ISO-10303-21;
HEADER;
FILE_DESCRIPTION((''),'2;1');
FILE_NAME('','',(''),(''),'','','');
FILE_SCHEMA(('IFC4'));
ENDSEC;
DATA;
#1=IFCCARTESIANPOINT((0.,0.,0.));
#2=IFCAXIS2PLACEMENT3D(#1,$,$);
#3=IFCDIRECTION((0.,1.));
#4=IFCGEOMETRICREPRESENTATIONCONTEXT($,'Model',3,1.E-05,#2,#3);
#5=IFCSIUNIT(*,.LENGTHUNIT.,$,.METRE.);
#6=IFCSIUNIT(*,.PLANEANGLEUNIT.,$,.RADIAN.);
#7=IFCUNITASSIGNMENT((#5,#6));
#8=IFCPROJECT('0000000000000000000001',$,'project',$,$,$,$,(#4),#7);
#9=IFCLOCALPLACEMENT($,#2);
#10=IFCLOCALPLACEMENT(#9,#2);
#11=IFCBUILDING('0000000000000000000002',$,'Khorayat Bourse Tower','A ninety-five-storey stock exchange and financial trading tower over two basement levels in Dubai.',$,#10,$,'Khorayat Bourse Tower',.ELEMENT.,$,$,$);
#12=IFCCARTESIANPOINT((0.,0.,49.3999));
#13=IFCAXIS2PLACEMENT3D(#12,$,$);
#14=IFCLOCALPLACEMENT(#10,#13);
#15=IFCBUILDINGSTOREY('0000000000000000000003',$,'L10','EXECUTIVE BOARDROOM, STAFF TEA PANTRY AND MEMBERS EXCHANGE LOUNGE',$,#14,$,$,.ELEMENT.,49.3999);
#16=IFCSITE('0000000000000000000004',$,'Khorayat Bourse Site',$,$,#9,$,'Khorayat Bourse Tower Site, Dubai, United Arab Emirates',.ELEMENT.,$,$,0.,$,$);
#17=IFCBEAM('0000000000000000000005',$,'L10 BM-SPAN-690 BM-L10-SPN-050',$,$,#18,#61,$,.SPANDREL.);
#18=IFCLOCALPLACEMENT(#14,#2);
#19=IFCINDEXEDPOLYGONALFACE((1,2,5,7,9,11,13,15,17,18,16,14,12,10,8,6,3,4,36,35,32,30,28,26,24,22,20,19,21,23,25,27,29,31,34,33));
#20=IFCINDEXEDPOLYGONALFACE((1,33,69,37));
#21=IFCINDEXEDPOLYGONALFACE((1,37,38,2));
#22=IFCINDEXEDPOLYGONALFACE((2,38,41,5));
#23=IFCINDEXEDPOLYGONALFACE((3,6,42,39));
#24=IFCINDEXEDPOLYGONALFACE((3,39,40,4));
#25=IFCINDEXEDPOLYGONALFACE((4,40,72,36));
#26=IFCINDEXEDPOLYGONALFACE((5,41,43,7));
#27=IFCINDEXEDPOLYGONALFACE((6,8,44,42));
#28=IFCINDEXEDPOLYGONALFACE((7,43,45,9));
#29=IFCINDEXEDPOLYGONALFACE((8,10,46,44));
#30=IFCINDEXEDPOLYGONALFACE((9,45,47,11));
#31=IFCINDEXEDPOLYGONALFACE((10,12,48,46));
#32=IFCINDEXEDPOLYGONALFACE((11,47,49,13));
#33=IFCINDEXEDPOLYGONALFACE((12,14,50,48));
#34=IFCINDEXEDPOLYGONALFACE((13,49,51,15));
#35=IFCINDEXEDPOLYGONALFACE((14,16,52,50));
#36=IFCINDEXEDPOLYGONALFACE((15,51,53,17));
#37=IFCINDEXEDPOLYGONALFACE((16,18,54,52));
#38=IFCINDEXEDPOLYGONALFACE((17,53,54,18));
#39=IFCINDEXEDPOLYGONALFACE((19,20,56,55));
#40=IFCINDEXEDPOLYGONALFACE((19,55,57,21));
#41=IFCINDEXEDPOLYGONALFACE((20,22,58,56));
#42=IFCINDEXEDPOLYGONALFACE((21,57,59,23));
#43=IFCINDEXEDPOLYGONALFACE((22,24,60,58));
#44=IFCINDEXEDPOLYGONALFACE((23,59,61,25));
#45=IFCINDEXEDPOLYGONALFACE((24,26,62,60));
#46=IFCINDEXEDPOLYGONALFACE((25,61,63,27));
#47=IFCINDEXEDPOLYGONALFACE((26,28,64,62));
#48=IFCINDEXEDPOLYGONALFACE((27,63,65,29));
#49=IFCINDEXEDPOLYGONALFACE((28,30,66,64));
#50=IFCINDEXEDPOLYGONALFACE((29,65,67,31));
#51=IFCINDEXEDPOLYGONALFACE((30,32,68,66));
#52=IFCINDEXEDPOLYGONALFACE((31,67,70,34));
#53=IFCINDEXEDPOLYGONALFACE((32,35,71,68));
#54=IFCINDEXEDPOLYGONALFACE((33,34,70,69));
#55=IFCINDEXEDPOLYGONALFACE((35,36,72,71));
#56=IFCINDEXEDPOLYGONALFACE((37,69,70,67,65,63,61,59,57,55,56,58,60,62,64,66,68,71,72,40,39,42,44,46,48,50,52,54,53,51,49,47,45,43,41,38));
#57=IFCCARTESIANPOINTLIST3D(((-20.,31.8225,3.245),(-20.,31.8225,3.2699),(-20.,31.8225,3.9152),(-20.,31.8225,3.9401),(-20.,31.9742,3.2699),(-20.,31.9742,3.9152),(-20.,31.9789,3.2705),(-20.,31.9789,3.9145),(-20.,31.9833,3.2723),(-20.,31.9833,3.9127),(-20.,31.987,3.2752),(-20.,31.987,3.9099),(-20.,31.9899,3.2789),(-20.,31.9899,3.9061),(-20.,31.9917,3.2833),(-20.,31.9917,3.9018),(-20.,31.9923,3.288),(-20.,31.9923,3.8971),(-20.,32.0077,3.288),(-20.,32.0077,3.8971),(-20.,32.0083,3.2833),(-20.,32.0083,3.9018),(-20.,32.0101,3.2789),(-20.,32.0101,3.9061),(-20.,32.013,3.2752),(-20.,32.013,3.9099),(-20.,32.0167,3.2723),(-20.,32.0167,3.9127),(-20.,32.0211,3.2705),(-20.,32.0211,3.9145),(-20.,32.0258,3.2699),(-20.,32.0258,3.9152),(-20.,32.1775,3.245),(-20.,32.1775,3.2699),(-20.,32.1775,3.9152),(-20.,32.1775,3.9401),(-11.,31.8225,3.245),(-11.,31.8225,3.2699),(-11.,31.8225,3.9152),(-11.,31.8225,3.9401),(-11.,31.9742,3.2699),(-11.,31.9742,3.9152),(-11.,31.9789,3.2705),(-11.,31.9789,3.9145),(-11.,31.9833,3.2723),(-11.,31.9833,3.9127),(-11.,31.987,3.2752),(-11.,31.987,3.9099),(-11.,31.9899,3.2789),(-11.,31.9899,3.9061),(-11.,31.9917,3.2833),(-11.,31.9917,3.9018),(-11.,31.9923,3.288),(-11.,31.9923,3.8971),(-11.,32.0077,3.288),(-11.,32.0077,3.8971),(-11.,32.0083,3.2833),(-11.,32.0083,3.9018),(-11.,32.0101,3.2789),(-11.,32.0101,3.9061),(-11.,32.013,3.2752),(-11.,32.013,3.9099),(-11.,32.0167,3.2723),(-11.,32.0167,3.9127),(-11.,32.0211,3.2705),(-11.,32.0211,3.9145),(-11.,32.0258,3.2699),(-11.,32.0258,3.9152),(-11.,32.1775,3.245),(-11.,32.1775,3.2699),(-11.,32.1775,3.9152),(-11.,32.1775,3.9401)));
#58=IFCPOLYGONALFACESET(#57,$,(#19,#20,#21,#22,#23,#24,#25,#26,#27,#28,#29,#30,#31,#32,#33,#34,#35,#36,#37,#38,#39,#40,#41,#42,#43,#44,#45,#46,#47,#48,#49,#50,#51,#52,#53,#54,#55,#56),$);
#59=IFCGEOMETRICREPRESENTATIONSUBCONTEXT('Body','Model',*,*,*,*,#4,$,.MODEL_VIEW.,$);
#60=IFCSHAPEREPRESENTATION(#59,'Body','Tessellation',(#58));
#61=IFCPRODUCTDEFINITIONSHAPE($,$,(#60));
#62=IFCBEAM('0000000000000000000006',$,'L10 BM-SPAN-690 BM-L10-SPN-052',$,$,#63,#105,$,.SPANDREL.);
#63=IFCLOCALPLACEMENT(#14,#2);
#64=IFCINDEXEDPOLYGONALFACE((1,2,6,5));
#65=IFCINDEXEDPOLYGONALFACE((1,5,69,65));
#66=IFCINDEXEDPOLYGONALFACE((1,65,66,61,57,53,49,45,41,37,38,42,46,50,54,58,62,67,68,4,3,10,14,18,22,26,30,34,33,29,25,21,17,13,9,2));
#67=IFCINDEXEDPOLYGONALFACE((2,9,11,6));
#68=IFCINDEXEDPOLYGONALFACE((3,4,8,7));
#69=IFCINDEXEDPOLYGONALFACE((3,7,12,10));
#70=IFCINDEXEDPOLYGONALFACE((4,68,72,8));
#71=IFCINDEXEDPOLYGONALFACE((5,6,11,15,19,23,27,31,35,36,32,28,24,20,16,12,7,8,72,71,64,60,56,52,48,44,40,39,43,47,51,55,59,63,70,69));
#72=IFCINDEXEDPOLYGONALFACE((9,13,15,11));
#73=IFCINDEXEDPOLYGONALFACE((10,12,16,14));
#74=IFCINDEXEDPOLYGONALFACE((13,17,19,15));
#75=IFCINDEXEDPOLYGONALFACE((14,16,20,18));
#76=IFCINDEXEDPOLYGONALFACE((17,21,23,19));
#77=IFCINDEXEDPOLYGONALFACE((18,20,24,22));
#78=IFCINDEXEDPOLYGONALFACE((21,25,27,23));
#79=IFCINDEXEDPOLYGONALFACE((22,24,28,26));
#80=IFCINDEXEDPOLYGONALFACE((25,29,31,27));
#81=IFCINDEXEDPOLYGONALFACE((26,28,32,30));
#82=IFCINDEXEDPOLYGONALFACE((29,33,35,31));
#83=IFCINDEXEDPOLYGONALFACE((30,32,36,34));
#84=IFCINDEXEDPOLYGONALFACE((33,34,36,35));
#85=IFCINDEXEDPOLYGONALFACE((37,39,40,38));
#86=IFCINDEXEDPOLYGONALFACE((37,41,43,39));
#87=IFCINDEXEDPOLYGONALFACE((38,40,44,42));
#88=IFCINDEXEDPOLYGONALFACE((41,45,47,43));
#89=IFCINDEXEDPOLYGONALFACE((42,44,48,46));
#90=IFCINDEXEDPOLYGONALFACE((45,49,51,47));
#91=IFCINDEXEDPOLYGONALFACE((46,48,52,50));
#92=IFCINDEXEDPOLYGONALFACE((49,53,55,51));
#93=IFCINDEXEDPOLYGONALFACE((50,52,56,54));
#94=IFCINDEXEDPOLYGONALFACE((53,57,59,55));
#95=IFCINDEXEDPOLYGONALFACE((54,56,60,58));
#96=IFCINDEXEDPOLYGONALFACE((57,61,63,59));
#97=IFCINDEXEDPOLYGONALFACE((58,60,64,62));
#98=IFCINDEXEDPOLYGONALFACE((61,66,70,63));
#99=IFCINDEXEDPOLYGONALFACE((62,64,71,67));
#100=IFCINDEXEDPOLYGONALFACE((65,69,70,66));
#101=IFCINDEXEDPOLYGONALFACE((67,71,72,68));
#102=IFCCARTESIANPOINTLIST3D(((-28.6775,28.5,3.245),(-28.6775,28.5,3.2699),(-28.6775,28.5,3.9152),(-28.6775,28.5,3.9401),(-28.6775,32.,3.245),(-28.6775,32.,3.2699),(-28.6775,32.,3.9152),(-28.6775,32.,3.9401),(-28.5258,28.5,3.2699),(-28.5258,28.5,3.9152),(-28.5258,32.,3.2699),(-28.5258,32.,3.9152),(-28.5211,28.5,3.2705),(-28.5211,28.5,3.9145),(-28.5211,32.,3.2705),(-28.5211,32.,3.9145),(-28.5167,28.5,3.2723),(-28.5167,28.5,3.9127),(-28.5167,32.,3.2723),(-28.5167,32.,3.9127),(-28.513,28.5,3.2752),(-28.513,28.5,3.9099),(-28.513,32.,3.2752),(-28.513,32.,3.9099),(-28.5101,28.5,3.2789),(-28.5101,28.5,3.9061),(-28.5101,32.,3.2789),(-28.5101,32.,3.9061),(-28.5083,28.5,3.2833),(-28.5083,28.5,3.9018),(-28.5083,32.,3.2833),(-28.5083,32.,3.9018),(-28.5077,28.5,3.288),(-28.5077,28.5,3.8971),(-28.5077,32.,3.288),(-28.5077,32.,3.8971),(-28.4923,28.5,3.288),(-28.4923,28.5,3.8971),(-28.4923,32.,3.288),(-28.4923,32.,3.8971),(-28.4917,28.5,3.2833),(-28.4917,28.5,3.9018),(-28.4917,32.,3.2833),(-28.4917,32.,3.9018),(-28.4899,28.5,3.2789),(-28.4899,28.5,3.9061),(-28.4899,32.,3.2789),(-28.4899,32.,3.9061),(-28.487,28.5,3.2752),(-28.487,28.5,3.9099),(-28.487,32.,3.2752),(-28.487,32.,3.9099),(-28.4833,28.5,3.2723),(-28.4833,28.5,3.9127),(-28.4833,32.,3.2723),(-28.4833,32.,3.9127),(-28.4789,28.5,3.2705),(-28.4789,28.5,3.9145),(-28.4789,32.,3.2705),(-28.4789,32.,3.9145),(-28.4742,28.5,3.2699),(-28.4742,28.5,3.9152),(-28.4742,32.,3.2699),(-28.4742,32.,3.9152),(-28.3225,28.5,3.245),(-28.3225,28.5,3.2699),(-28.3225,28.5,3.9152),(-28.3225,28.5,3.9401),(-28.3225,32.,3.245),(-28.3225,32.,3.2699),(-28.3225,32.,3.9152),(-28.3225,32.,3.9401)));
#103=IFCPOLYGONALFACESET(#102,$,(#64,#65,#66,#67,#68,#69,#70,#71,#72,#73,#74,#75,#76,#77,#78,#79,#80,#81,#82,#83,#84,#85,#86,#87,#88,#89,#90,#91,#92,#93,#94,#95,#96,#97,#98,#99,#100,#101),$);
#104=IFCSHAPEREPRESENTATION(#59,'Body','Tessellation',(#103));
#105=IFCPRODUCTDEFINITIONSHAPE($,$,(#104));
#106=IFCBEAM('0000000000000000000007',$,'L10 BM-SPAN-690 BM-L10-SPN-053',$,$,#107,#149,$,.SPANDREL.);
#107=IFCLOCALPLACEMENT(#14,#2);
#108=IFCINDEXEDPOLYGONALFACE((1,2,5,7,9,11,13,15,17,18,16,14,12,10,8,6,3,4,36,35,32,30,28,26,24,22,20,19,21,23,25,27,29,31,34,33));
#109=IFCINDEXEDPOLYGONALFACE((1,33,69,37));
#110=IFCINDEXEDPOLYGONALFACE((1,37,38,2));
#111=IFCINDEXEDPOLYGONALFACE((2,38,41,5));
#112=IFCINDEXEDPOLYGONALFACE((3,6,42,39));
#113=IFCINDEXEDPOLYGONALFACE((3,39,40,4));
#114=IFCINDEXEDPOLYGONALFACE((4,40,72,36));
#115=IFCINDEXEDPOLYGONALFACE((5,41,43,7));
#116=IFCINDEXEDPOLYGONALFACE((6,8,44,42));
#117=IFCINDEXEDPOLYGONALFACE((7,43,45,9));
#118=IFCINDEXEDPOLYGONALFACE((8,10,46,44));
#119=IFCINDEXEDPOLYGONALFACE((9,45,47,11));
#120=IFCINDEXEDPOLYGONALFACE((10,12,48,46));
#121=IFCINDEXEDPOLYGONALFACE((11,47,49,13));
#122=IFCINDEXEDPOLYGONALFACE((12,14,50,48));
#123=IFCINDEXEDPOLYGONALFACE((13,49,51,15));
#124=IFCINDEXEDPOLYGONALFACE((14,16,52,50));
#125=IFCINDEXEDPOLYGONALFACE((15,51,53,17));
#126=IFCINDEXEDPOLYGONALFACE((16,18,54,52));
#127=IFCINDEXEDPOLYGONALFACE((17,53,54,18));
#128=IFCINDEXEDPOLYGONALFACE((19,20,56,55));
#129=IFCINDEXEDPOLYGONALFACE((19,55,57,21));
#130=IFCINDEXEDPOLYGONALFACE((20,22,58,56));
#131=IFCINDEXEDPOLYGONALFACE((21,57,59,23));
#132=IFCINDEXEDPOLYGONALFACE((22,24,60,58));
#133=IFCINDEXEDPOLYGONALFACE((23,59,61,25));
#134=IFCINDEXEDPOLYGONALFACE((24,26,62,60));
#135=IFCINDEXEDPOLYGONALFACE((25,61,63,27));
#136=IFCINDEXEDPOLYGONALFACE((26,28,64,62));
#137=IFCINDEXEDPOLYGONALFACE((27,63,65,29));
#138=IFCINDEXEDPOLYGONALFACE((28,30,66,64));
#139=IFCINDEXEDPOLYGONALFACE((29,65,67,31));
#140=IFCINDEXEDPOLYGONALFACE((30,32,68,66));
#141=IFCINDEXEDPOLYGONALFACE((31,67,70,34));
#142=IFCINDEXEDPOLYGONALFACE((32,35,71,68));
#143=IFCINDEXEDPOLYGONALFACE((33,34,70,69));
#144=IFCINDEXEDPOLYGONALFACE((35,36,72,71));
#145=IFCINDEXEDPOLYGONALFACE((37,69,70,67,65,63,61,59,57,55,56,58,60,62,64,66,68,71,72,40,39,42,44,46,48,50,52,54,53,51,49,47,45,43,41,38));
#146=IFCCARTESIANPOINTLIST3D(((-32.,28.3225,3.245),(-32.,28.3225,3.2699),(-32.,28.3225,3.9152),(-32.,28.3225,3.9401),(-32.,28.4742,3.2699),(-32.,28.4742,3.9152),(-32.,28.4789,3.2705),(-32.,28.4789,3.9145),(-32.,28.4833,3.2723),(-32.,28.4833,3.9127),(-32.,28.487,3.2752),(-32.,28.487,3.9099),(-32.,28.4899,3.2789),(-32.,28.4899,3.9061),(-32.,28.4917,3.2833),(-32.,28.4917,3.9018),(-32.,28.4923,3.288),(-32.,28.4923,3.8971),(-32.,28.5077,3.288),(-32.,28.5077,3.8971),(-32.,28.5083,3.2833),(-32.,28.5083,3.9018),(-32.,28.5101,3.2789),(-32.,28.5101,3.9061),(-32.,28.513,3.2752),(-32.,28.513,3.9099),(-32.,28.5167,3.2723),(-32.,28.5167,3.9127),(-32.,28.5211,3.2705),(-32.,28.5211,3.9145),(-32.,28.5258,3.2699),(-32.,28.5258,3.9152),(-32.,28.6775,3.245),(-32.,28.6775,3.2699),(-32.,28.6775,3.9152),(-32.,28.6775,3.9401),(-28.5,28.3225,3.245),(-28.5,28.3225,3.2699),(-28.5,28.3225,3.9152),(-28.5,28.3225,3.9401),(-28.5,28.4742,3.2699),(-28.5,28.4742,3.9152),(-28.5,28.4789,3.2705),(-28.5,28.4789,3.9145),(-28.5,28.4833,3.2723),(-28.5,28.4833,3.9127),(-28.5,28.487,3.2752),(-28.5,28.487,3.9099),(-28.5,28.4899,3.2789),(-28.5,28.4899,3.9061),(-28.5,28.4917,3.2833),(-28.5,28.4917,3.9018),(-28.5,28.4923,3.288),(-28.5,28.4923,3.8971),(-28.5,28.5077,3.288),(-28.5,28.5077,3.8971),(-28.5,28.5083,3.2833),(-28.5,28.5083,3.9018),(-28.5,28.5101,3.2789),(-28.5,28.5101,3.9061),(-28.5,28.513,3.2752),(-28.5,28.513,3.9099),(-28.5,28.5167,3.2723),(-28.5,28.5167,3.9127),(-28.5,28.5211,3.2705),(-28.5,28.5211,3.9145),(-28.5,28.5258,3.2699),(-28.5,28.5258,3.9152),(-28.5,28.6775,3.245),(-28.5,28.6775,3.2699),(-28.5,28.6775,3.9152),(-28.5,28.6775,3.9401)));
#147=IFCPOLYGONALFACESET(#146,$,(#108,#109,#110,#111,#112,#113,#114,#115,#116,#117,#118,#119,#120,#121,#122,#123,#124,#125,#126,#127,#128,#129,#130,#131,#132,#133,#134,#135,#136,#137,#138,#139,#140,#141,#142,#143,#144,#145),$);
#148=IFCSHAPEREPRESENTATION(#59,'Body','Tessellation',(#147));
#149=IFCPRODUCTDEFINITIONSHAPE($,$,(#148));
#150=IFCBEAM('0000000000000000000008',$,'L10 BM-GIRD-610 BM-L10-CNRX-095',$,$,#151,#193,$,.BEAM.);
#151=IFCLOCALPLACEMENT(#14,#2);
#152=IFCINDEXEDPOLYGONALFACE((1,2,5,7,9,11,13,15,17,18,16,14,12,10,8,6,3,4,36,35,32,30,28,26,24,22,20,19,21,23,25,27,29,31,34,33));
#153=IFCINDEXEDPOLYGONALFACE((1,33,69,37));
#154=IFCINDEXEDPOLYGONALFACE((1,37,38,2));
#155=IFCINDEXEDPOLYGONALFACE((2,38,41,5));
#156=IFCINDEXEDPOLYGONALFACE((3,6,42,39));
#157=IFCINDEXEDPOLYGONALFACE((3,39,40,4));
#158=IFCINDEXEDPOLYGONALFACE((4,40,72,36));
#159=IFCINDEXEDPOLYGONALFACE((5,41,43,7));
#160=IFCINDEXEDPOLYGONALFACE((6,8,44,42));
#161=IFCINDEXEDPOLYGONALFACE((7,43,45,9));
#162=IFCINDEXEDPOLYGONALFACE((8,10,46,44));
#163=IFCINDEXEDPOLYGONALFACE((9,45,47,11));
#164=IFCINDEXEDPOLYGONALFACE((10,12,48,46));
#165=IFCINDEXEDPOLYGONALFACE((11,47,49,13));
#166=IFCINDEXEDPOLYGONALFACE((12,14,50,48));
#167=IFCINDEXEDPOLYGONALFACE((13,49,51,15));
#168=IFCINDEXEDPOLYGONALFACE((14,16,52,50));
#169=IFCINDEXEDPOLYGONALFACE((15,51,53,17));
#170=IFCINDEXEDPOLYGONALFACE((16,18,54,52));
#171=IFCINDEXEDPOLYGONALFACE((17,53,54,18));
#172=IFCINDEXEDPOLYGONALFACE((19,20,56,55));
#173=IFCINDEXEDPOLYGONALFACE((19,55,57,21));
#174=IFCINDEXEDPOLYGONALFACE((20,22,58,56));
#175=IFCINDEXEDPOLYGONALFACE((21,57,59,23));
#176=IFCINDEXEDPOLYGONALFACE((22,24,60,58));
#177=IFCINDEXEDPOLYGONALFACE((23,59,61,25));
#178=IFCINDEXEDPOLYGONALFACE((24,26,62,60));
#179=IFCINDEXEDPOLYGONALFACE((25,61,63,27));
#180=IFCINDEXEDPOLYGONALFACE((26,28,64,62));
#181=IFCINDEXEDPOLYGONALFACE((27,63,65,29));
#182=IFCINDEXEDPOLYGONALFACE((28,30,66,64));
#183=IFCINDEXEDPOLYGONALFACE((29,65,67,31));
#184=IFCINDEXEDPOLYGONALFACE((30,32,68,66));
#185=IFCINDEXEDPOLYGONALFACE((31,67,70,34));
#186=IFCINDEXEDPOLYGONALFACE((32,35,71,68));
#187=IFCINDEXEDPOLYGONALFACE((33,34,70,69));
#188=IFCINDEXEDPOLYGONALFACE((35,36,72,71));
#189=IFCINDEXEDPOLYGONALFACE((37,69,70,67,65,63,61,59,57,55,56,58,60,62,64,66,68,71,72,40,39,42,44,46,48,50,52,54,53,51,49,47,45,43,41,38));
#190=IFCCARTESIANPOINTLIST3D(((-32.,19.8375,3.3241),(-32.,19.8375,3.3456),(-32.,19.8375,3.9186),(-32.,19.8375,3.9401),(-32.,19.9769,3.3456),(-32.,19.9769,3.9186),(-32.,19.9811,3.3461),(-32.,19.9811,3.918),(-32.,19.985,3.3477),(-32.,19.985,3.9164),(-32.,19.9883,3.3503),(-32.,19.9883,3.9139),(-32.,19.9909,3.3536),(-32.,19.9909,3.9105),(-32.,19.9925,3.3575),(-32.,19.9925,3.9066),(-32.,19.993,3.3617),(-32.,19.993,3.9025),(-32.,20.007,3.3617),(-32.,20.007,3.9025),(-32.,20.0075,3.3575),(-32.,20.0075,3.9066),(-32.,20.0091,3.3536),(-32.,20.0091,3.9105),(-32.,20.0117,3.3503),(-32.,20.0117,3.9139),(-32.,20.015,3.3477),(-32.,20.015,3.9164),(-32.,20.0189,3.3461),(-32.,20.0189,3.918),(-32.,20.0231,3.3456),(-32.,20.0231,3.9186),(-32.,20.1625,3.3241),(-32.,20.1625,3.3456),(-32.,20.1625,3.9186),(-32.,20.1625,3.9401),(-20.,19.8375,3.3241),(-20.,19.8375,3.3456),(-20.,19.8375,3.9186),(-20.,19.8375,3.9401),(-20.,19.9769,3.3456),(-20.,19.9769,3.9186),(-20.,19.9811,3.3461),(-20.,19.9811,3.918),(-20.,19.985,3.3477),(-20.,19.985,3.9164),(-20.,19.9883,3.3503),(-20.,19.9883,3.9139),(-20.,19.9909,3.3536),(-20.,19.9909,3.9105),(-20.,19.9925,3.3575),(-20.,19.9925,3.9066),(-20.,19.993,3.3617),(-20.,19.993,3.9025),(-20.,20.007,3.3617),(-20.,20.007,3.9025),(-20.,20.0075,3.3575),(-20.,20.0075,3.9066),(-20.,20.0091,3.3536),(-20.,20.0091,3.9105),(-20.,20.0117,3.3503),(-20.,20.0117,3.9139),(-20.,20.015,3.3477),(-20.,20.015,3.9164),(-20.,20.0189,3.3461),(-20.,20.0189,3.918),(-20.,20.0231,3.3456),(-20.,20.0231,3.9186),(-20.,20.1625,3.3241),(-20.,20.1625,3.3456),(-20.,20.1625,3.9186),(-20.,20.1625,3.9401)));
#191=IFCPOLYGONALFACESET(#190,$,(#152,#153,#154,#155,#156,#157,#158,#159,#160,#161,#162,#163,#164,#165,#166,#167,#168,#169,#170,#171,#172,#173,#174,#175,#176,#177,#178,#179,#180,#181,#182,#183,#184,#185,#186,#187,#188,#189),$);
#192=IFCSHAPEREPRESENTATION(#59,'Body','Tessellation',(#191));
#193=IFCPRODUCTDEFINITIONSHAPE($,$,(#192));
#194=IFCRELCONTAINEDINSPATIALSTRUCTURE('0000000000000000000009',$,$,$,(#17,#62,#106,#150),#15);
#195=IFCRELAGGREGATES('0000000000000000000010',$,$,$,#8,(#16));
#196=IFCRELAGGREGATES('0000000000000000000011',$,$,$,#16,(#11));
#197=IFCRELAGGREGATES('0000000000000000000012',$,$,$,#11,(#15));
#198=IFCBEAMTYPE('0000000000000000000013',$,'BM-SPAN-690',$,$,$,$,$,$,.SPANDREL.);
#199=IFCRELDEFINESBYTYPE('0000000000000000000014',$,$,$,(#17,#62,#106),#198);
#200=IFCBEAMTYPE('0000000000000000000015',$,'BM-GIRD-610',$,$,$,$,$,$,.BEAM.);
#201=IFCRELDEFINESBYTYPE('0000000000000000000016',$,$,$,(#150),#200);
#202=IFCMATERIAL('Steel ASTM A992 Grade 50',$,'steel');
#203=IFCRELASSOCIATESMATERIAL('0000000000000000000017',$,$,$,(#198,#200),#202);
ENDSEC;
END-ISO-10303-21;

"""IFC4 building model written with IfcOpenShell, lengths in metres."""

from ifc_helpers import new_model, si_unit, direction, frame, origin, origin_2d, place, context, subcontext, project, spatial, i_section, extrude, source, transform, mapped, material, material_profile, profile_set, type_object, element, save


model = new_model("IFC4")

# Units and contexts
model_context = context("Model", 3, precision=1e-05, world=origin(), true_north=direction((0.0, 1.0)))
body_context = subcontext(model_context, "Body", "Model", "MODEL_VIEW")
ifc_project = project(units=[si_unit("LENGTHUNIT", "METRE"), si_unit("PLANEANGLEUNIT", "RADIAN")], contexts=[model_context])

# Site, building, storey
site_placement = place(None, origin())
site = spatial("IfcSite", under=ifc_project, at=site_placement, Name="Khorayat Bourse Site", LongName="Khorayat Bourse Tower Site, Dubai, United Arab Emirates", CompositionType="ELEMENT", RefElevation=0.0)
building_placement = place(site_placement, origin())
building = spatial("IfcBuilding", under=site, at=building_placement, Name="Khorayat Bourse Tower", Description="A ninety-five-storey stock exchange and financial trading tower over two basement levels in Dubai.", LongName="Khorayat Bourse Tower", CompositionType="ELEMENT")
storey_placement = place(building_placement, frame((0.0, 0.0, 49.3999)))
storey = spatial("IfcBuildingStorey", under=building, at=storey_placement, Name="L10", Description="EXECUTIVE BOARDROOM, STAFF TEA PANTRY AND MEMBERS EXCHANGE LOUNGE", CompositionType="ELEMENT", Elevation=49.3999)

# Beams
ifc_material_1 = material(Name="Steel ASTM A992 Grade 50", Category="steel")
ifc_material_profile_1 = material_profile(ifc_material_1, i_section(OverallWidth=0.355, OverallDepth=0.6951, WebThickness=0.0154, FlangeThickness=0.0249, FilletRadius=0.0181, at=origin_2d()), Name="W690X217")
ifc_profile_set_1 = profile_set([ifc_material_profile_1], Name="Steel ASTM A992 Grade 50")
beam_type_1 = type_object("IfcBeamType", Name="BM-SPAN-690", PredefinedType="SPANDREL", material=ifc_profile_set_1)
shared_shape_1 = source(origin(), body_context, "Body", "SweptSolid", [
    extrude(i_section(OverallWidth=0.355, OverallDepth=0.6951, WebThickness=0.0154, FlangeThickness=0.0249, FilletRadius=0.0181, at=origin_2d()), origin(), (0.0, 0.0, 1.0), 9.0),
])
beam_1_placement = place(storey_placement, frame((-20.0, 32.0, 3.5925), z_axis=(1.0, 0.0, 0.0), x_axis=(0.0, 1.0, 0.0)))
element("IfcBeam", 1, at=beam_1_placement, inside=storey, type_object=beam_type_1, Name="L10 BM-SPAN-690 BM-L10-SPN-050", PredefinedType="SPANDREL", context=body_context, shape_type="MappedRepresentation", body=[
    mapped(shared_shape_1, transform((0.0, 0.0, 0.0), scale=1.0)),
])
shared_shape_2 = source(origin(), body_context, "Body", "SweptSolid", [
    extrude(i_section(OverallWidth=0.355, OverallDepth=0.6951, WebThickness=0.0154, FlangeThickness=0.0249, FilletRadius=0.0181, at=origin_2d()), origin(), (0.0, 0.0, 1.0), 3.5),
])
for number, where, z_axis, x_axis, name in (
    (2, (-28.5, 28.5, 3.5925), (0.0, 1.0, 0.0), (-1.0, 0.0, 0.0), "L10 BM-SPAN-690 BM-L10-SPN-052"),
    (3, (-32.0, 28.5, 3.5925), (1.0, 0.0, 0.0), (0.0, 1.0, 0.0), "L10 BM-SPAN-690 BM-L10-SPN-053"),
):
    element("IfcBeam", number, at=place(storey_placement, frame(where, z_axis=z_axis, x_axis=x_axis)), inside=storey, type_object=beam_type_1, Name=name, PredefinedType="SPANDREL", context=body_context, shape_type="MappedRepresentation", body=[
        mapped(shared_shape_2, transform((0.0, 0.0, 0.0), scale=1.0)),
    ])
ifc_material_profile_2 = material_profile(ifc_material_1, i_section(OverallWidth=0.325, OverallDepth=0.616, WebThickness=0.0139, FlangeThickness=0.0215, FilletRadius=0.0161, at=origin_2d()), Name="W610X174")
ifc_profile_set_2 = profile_set([ifc_material_profile_2], Name="Steel ASTM A992 Grade 50")
beam_type_2 = type_object("IfcBeamType", Name="BM-GIRD-610", PredefinedType="BEAM", material=ifc_profile_set_2)
shared_shape_3 = source(origin(), body_context, "Body", "SweptSolid", [
    extrude(i_section(OverallWidth=0.325, OverallDepth=0.616, WebThickness=0.0139, FlangeThickness=0.0215, FilletRadius=0.0161, at=origin_2d()), origin(), (0.0, 0.0, 1.0), 12.0),
])
beam_2_placement = place(storey_placement, frame((-32.0, 20.0, 3.6321), z_axis=(1.0, 0.0, 0.0), x_axis=(0.0, 1.0, 0.0)))
element("IfcBeam", 4, at=beam_2_placement, inside=storey, type_object=beam_type_2, Name="L10 BM-GIRD-610 BM-L10-CNRX-095", PredefinedType="BEAM", context=body_context, shape_type="MappedRepresentation", body=[
    mapped(shared_shape_3, transform((0.0, 0.0, 0.0), scale=1.0)),
])

save(model, "model.ifc")
